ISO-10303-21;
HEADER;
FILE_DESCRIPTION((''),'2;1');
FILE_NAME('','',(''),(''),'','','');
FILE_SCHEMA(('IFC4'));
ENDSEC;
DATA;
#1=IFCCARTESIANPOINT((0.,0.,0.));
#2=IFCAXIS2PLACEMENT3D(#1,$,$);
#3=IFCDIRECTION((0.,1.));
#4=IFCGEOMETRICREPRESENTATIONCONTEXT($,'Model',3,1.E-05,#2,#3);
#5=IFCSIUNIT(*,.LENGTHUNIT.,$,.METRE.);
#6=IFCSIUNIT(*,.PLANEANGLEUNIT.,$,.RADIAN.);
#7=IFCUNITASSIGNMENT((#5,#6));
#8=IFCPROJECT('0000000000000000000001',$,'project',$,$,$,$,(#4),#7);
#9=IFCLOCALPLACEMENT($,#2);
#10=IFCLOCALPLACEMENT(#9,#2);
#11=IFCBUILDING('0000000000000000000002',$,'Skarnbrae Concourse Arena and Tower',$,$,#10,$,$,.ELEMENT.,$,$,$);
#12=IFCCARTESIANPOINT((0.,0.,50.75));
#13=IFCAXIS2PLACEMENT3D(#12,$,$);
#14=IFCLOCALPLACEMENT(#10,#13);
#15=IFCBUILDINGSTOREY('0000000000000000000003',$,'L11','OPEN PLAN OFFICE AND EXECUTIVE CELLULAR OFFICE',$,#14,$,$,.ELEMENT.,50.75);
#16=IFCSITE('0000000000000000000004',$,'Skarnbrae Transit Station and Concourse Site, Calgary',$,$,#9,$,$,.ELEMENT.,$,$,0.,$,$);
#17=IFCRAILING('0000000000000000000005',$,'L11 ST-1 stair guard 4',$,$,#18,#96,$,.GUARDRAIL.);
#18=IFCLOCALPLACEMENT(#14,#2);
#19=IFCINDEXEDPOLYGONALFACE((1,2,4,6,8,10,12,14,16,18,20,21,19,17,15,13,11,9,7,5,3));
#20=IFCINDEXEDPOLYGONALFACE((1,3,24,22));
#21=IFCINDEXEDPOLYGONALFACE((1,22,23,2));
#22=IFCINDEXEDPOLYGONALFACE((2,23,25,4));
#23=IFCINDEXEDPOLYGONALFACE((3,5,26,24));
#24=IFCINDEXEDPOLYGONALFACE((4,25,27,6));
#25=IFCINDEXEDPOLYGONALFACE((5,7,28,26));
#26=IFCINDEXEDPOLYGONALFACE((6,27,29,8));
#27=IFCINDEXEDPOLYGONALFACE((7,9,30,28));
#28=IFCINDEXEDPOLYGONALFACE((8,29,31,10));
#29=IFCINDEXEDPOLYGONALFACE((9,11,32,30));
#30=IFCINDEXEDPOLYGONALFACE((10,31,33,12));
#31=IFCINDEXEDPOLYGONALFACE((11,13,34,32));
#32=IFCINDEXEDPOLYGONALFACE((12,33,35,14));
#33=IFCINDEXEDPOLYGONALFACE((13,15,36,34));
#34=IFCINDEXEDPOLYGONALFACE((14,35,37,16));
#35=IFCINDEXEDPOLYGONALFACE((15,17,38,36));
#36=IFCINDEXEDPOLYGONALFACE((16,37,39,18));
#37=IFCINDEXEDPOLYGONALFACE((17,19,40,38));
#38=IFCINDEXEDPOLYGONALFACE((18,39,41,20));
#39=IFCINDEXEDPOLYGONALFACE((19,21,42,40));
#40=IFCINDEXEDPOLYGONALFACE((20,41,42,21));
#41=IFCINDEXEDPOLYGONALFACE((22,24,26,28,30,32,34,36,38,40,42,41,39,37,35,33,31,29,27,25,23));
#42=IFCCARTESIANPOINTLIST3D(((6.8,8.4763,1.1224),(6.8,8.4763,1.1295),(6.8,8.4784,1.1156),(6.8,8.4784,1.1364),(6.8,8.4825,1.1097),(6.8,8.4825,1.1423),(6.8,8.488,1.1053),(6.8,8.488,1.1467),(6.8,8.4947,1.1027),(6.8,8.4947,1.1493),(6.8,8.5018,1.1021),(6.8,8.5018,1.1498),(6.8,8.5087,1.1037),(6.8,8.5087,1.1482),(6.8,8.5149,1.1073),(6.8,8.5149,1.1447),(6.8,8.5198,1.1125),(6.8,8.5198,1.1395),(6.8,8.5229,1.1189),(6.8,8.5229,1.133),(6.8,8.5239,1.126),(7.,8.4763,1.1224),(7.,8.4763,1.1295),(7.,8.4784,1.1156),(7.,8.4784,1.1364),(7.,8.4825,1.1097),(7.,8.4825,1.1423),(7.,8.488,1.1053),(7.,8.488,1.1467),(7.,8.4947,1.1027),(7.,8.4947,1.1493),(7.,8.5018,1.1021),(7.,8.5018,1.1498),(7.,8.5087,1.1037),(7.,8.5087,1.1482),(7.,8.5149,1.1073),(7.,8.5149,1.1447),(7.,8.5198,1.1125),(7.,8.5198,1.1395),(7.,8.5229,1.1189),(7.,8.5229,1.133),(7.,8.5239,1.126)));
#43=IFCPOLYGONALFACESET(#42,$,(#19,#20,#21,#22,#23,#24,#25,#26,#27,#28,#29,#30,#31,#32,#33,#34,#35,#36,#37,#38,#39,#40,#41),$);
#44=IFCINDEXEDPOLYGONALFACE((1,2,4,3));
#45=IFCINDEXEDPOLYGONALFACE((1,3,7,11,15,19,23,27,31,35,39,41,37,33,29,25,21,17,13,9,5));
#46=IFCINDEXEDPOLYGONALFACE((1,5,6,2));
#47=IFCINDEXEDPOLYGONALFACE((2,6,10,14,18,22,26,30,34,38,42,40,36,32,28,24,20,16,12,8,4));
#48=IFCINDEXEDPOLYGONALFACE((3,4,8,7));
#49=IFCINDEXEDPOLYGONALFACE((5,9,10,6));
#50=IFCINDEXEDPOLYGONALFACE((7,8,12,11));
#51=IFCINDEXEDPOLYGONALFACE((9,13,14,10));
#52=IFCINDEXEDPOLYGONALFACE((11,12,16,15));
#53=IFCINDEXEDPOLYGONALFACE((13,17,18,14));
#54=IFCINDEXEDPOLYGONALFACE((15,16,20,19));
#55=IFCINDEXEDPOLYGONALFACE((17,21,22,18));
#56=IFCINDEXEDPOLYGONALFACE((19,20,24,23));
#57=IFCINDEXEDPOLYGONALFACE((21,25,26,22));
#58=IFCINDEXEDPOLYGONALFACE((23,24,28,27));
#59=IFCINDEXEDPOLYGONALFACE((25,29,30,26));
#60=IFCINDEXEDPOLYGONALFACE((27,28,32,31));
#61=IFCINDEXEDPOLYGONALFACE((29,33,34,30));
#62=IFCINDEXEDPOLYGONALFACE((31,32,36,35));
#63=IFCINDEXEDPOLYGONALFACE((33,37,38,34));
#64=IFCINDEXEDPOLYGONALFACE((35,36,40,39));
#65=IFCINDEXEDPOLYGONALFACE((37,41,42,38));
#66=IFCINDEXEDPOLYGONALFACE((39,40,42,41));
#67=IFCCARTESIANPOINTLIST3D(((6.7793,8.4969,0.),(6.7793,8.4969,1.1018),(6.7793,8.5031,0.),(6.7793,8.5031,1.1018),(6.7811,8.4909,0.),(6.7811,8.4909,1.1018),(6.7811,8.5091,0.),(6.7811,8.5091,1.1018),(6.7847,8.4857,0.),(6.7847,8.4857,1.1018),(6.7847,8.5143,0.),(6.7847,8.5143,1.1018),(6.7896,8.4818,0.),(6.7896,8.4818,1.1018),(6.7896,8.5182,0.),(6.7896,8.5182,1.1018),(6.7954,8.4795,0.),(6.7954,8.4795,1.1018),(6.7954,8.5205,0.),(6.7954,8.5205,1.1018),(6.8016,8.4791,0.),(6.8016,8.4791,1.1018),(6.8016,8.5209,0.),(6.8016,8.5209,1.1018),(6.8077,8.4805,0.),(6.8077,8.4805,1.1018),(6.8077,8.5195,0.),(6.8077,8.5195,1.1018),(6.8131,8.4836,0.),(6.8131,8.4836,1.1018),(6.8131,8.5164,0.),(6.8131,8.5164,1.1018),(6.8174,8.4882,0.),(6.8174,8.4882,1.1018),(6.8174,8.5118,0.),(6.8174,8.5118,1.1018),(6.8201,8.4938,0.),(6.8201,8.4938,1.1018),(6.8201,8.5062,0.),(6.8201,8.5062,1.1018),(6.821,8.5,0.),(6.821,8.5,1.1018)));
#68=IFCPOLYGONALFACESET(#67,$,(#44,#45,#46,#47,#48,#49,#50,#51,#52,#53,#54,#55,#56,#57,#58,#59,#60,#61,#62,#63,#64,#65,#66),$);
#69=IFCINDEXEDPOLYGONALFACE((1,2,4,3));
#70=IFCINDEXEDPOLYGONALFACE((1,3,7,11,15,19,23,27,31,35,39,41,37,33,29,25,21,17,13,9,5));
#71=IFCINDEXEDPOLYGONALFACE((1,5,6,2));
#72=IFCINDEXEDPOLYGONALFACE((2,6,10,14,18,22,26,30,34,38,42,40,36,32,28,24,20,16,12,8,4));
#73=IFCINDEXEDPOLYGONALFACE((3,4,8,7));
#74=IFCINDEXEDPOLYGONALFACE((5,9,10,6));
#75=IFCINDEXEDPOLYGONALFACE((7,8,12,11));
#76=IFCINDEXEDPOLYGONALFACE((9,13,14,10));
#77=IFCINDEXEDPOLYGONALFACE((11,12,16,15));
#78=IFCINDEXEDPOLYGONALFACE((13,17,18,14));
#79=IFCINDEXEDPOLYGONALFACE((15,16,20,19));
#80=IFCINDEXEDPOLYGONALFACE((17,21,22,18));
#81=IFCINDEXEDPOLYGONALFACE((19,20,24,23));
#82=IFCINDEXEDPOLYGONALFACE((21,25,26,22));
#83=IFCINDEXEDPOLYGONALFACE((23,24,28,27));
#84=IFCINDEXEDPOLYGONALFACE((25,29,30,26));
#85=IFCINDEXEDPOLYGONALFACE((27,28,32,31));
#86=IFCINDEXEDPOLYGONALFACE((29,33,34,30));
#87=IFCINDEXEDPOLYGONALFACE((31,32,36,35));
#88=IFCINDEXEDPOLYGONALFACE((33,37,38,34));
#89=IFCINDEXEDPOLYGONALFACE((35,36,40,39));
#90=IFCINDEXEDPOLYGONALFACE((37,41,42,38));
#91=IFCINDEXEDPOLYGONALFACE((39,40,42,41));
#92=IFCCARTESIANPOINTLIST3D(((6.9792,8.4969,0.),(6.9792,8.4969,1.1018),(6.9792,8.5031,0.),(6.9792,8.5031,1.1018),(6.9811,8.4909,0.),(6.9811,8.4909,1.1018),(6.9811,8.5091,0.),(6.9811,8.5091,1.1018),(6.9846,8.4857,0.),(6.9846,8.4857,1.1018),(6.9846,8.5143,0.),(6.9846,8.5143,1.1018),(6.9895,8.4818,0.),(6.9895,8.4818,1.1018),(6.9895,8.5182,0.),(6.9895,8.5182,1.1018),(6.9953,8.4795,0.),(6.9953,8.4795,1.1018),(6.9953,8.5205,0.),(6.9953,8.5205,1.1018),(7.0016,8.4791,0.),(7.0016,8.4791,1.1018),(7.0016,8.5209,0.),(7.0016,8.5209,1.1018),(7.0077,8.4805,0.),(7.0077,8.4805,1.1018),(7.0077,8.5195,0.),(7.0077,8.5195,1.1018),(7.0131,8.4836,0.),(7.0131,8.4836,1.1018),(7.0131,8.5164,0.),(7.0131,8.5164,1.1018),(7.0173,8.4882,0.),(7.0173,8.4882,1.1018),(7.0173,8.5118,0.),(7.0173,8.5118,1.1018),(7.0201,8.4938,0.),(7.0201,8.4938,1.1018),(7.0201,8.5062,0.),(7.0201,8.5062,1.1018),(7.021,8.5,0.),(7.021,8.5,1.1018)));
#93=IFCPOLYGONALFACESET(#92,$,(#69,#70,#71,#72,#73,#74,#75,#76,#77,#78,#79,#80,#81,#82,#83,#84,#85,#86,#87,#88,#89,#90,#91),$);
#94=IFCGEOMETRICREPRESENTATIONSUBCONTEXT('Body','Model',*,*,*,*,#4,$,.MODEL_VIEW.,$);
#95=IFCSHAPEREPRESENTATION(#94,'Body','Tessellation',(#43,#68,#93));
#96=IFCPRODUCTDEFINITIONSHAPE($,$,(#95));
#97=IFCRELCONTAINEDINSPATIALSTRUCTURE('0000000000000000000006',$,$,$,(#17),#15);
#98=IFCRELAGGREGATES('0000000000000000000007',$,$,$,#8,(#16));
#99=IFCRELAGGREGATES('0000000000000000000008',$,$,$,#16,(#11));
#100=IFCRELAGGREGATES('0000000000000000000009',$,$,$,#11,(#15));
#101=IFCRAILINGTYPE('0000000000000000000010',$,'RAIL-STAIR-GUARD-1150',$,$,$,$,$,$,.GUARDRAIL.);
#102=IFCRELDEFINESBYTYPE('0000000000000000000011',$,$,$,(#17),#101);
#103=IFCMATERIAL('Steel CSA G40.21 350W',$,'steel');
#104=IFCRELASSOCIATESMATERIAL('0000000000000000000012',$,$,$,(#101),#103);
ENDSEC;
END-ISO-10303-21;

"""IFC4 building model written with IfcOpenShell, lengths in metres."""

from ifc_helpers import new_model, si_unit, direction, frame, origin, origin_2d, place, context, subcontext, project, spatial, circle, extrude, material, type_object, element, save


model = new_model("IFC4")

# Units and contexts
model_context = context("Model", 3, precision=1e-05, world=origin(), true_north=direction((0.0, 1.0)))
body_context = subcontext(model_context, "Body", "Model", "MODEL_VIEW")
ifc_project = project(units=[si_unit("LENGTHUNIT", "METRE"), si_unit("PLANEANGLEUNIT", "RADIAN")], contexts=[model_context])

# Site, building, storey
site_placement = place(None, origin())
site = spatial("IfcSite", under=ifc_project, at=site_placement, Name="Skarnbrae Transit Station and Concourse Site, Calgary", CompositionType="ELEMENT", RefElevation=0.0)
building_placement = place(site_placement, origin())
building = spatial("IfcBuilding", under=site, at=building_placement, Name="Skarnbrae Concourse Arena and Tower", CompositionType="ELEMENT")
storey_placement = place(building_placement, frame((0.0, 0.0, 50.75)))
storey = spatial("IfcBuildingStorey", under=building, at=storey_placement, Name="L11", Description="OPEN PLAN OFFICE AND EXECUTIVE CELLULAR OFFICE", CompositionType="ELEMENT", Elevation=50.75)

# Shared definitions
ifc_material_1 = material(Name="Steel CSA G40.21 350W", Category="steel")

# Railing
railing_type_1 = type_object("IfcRailingType", Name="RAIL-STAIR-GUARD-1150", PredefinedType="GUARDRAIL", material=ifc_material_1)
railing_1_placement = place(storey_placement, frame((6.8, 8.5, 0.0)))
element("IfcRailing", 1, at=railing_1_placement, inside=storey, type_object=railing_type_1, Name="L11 ST-1 stair guard 4", PredefinedType="GUARDRAIL", context=body_context, shape_type="SweptSolid", body=[
    extrude(circle(Radius=0.0239, at=origin_2d()), frame((0.0, 0.0, 1.126), z_axis=(1.0, 0.0, 0.0), x_axis=(0.0, 1.0, 0.0)), (0.0, 0.0, 1.0), 0.2),
    extrude(circle(Radius=0.021, at=origin_2d()), origin(), (0.0, 0.0, 1.0), 1.1018),
    extrude(circle(Radius=0.021, at=origin_2d()), frame((0.2, 0.0, 0.0)), (0.0, 0.0, 1.0), 1.1018),
])

save(model, "model.ifc")
